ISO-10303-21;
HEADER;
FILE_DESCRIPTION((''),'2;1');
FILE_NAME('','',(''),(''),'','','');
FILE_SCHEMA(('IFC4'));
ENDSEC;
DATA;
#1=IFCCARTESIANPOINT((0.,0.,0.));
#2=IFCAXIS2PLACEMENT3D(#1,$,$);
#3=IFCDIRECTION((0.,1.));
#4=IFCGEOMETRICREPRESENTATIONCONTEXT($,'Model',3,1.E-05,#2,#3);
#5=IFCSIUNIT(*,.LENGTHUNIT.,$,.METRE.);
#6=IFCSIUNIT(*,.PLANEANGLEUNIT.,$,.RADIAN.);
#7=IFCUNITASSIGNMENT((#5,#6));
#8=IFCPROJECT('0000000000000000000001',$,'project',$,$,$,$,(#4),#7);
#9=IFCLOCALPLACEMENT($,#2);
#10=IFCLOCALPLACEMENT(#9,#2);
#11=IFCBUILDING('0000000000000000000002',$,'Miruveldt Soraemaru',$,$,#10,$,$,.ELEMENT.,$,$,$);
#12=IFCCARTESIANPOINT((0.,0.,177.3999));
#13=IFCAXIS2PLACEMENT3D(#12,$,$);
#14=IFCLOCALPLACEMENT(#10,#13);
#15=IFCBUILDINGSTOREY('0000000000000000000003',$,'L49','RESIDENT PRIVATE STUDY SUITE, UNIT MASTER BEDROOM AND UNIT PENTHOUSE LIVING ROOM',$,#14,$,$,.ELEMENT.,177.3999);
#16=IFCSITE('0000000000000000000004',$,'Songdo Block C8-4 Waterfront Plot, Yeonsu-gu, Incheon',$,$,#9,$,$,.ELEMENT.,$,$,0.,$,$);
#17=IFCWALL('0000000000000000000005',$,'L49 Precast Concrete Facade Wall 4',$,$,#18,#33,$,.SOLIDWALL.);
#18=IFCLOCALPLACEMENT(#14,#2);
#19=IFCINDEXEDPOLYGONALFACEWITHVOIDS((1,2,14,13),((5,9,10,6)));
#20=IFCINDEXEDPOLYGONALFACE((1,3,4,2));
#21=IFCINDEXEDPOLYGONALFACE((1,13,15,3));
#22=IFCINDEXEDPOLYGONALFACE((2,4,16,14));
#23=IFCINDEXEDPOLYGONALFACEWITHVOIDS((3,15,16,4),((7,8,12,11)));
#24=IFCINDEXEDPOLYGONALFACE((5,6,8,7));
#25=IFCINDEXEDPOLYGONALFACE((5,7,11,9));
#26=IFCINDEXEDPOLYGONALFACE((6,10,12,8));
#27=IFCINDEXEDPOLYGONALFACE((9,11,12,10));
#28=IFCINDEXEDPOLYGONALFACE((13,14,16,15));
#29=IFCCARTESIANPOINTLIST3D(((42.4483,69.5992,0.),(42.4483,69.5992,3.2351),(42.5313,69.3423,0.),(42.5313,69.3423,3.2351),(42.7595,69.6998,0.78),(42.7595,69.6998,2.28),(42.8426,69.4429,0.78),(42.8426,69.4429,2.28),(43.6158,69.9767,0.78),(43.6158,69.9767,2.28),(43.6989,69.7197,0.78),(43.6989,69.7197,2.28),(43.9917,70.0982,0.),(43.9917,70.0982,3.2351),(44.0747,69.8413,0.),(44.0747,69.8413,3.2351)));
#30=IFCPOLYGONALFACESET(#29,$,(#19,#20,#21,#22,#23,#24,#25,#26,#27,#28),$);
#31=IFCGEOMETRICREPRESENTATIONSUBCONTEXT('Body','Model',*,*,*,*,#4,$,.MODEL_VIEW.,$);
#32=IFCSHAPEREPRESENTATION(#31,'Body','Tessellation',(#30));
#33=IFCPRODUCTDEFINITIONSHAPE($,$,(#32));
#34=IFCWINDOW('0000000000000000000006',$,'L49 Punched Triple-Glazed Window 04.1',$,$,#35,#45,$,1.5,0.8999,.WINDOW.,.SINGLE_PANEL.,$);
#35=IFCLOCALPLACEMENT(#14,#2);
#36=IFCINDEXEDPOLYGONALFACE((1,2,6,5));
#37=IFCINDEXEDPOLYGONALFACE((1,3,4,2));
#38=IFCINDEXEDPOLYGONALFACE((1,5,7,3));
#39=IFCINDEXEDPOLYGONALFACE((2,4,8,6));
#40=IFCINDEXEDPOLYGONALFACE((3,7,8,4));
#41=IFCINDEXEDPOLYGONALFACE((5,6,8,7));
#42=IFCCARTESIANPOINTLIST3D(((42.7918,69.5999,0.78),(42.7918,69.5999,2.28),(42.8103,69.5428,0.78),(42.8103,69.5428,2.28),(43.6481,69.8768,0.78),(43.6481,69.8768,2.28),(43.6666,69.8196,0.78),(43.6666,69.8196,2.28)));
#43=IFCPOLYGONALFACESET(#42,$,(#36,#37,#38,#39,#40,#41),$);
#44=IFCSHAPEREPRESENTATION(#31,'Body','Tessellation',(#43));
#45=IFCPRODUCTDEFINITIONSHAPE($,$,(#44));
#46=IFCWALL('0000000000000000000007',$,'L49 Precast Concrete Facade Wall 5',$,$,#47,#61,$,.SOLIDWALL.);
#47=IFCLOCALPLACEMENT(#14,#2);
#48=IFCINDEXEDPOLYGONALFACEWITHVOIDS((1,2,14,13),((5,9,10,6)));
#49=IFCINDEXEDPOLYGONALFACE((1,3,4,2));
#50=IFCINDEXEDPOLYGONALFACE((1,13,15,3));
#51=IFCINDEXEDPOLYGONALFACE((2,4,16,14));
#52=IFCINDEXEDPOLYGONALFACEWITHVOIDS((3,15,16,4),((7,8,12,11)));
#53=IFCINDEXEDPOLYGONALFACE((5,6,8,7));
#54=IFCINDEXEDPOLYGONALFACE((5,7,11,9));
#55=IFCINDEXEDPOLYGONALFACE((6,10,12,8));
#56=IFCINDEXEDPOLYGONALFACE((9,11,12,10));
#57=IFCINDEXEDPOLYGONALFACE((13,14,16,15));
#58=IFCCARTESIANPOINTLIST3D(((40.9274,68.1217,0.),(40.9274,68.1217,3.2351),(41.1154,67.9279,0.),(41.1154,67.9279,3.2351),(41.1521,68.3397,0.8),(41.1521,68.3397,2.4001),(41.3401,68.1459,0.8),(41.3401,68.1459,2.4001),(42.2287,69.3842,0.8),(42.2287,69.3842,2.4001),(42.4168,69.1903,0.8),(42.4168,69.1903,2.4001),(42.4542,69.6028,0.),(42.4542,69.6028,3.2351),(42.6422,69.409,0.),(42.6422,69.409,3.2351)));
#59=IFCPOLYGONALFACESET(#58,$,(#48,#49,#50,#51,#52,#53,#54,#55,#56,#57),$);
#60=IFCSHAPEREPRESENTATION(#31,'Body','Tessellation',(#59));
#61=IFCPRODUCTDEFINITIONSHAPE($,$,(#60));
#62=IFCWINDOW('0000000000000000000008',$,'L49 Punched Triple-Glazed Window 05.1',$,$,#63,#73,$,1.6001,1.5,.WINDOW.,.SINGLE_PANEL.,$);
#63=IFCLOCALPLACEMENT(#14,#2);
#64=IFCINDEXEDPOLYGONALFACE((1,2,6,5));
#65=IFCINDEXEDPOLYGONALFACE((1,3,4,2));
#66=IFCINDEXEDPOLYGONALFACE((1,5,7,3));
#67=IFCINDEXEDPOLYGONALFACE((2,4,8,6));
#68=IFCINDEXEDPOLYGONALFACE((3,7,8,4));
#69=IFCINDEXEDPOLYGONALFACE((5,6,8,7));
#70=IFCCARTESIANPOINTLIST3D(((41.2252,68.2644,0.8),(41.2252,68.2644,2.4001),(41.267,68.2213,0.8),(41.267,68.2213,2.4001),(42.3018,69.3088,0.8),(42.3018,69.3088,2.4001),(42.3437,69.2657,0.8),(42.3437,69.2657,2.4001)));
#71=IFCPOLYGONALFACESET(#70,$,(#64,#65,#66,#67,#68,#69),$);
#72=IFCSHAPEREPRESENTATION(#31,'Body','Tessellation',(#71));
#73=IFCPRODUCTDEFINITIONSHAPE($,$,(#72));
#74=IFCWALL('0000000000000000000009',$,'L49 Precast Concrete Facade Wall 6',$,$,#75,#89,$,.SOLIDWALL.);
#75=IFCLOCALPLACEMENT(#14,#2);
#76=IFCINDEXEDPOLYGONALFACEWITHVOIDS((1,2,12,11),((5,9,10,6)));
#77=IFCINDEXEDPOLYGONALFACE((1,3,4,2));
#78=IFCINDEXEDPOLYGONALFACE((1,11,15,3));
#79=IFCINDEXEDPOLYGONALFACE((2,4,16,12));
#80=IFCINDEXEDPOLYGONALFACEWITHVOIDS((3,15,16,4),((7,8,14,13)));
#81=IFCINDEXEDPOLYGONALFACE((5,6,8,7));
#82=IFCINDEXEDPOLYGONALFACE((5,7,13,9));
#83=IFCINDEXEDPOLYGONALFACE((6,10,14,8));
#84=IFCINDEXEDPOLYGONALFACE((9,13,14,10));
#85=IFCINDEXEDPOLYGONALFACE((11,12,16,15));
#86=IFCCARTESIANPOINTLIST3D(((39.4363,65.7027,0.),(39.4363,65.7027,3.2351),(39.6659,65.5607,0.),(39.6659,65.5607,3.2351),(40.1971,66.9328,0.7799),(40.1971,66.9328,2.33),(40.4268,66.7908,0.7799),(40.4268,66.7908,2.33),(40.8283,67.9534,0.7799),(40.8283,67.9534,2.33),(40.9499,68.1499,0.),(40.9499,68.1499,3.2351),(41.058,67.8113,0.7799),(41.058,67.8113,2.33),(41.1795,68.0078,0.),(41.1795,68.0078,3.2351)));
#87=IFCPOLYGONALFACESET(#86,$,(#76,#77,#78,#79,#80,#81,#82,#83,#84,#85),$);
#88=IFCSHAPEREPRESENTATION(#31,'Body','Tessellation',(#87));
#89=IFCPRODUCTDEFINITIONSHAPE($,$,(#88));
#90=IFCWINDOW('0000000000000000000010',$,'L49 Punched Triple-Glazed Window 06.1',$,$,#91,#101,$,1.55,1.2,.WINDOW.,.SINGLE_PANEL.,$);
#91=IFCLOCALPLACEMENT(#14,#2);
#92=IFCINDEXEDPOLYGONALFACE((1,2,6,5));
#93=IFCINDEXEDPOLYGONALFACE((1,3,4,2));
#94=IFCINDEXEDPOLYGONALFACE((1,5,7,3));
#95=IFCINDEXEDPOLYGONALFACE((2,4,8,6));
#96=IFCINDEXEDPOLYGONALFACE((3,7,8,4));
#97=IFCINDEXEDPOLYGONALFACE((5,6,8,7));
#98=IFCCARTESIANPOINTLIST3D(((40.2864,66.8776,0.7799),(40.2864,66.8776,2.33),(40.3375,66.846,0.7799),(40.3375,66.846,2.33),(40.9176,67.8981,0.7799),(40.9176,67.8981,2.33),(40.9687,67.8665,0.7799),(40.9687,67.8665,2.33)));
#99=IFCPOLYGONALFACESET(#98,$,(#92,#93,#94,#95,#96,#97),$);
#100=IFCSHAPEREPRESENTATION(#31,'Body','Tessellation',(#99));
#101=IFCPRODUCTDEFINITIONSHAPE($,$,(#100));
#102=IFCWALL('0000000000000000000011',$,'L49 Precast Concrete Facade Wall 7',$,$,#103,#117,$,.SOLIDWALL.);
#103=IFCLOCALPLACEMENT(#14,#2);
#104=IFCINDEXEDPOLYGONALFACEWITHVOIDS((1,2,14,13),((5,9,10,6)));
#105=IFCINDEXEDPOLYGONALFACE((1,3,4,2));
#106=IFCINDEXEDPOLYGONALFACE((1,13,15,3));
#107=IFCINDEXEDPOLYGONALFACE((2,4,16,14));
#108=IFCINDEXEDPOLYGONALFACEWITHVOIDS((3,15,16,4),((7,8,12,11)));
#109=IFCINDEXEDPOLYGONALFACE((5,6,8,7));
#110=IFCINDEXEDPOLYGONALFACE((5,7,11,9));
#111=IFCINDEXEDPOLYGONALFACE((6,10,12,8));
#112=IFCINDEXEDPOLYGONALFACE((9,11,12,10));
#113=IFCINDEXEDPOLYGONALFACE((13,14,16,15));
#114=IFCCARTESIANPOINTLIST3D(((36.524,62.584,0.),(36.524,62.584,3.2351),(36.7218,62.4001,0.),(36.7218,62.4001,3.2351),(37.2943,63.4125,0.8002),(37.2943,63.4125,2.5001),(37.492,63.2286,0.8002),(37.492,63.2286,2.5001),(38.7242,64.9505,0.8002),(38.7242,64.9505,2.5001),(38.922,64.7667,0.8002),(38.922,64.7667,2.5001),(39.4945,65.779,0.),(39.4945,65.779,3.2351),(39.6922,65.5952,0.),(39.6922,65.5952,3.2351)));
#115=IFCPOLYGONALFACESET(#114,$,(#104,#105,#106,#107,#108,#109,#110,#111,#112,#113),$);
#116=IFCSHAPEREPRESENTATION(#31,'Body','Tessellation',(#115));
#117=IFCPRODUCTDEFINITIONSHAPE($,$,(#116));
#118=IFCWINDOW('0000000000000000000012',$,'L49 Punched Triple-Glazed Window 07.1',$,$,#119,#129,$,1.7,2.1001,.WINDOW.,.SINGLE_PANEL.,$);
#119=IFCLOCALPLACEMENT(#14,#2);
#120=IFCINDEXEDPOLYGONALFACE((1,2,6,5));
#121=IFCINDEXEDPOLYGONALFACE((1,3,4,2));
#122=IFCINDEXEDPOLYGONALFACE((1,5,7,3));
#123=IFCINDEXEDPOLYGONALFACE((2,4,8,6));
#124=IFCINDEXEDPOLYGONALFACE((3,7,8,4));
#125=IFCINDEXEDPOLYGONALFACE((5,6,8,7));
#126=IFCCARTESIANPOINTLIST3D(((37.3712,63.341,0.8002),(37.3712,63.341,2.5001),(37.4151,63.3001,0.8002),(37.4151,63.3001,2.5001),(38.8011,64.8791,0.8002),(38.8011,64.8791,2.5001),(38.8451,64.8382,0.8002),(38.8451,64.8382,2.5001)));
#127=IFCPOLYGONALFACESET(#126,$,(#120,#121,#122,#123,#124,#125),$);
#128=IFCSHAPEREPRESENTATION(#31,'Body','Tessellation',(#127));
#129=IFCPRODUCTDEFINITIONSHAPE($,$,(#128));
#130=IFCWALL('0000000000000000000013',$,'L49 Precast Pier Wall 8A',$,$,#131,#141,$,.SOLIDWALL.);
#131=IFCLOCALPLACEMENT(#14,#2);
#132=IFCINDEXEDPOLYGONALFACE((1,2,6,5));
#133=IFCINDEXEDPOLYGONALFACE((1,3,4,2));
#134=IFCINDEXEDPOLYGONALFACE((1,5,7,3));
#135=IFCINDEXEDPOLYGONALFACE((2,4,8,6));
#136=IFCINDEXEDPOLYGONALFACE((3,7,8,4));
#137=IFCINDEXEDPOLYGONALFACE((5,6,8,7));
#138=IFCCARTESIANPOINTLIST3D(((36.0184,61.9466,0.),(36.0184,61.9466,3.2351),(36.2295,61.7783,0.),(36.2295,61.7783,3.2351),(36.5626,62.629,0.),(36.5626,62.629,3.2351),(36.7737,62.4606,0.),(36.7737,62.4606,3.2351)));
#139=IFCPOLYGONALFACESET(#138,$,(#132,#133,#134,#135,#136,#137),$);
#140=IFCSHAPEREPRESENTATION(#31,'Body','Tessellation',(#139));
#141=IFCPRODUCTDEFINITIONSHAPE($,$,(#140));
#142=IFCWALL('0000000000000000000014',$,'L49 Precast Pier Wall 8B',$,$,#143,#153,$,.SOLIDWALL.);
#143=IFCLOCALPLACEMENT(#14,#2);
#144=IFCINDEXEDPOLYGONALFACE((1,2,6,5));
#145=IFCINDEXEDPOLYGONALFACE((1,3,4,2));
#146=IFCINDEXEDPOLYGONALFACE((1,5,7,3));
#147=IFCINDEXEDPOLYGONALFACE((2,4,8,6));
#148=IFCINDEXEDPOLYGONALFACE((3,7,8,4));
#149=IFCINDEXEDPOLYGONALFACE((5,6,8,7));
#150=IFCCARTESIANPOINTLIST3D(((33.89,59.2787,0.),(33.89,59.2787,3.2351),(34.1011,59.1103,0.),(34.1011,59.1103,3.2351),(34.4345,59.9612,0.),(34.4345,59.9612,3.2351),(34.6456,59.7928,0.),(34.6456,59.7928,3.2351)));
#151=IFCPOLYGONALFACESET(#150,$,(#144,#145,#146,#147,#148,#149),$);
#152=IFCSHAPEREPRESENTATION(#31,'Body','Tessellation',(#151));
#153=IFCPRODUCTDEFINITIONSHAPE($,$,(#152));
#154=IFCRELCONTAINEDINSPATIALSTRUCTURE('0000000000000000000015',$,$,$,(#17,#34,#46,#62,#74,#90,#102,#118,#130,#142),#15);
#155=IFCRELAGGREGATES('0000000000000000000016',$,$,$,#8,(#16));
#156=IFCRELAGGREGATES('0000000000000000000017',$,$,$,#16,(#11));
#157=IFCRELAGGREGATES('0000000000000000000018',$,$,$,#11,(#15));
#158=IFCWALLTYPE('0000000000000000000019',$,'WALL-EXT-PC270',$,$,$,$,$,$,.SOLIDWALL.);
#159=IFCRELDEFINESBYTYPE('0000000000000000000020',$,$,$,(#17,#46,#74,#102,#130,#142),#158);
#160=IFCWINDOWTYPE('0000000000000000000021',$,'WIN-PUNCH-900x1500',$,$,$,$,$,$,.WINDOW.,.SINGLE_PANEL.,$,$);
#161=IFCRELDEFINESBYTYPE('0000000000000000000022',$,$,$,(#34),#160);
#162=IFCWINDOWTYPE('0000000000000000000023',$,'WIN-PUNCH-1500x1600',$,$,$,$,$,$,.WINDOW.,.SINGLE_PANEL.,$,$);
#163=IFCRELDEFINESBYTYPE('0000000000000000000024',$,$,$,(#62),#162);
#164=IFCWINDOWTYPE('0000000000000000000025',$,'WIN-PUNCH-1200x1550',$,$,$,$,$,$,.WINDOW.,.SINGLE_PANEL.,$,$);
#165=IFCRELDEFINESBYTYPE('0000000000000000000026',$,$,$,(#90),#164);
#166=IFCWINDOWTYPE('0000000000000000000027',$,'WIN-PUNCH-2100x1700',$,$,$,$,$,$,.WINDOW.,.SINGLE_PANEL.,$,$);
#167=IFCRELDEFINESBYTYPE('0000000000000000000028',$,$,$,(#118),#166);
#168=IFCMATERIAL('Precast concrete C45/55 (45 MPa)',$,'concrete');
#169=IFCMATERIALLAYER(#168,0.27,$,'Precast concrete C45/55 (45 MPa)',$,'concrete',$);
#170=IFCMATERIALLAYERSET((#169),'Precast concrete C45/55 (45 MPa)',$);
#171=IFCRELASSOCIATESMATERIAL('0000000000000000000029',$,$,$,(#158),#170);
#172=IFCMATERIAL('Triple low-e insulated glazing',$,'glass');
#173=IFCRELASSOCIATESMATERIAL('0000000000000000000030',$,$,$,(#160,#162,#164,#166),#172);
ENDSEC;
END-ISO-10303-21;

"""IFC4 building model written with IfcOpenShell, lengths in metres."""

from ifc_helpers import new_model, si_unit, direction, frame, frame_2d, origin, place, context, subcontext, project, spatial, rectangle, extrude, material, layer, layer_set, type_object, element, fill, save


model = new_model("IFC4")

# Units and contexts
model_context = context("Model", 3, precision=1e-05, world=origin(), true_north=direction((0.0, 1.0)))
body_context = subcontext(model_context, "Body", "Model", "MODEL_VIEW")
ifc_project = project(units=[si_unit("LENGTHUNIT", "METRE"), si_unit("PLANEANGLEUNIT", "RADIAN")], contexts=[model_context])

# Site, building, storey
site_placement = place(None, origin())
site = spatial("IfcSite", under=ifc_project, at=site_placement, Name="Songdo Block C8-4 Waterfront Plot, Yeonsu-gu, Incheon", CompositionType="ELEMENT", RefElevation=0.0)
building_placement = place(site_placement, origin())
building = spatial("IfcBuilding", under=site, at=building_placement, Name="Miruveldt Soraemaru", CompositionType="ELEMENT")
storey_placement = place(building_placement, frame((0.0, 0.0, 177.3999)))
storey = spatial("IfcBuildingStorey", under=building, at=storey_placement, Name="L49", Description="RESIDENT PRIVATE STUDY SUITE, UNIT MASTER BEDROOM AND UNIT PENTHOUSE LIVING ROOM", CompositionType="ELEMENT", Elevation=177.3999)

# Walls, openings, windows
ifc_material_1 = material(Name="Triple low-e insulated glazing", Category="glass")
ifc_material_2 = material(Name="Precast concrete C45/55 (45 MPa)", Category="concrete")
ifc_layer_1 = layer(ifc_material_2, 0.27, Name="Precast concrete C45/55 (45 MPa)", Category="concrete")
ifc_layer_set_1 = layer_set([ifc_layer_1], Name="Precast concrete C45/55 (45 MPa)")
wall_type_1 = type_object("IfcWallType", Name="WALL-EXT-PC270", PredefinedType="SOLIDWALL", material=ifc_layer_set_1)
wall_1_placement = place(storey_placement, frame((44.0332, 69.9697, 0.0), z_axis=(0.0, 0.0, 1.0), x_axis=(-0.951504, -0.307636, 0.0)))
wall_1 = element("IfcWall", 1, at=wall_1_placement, inside=storey, type_object=wall_type_1, Name="L49 Precast Concrete Facade Wall 4", PredefinedType="SOLIDWALL", context=body_context, shape_type="SweptSolid", body=[
    extrude(rectangle(XDim=1.6221, YDim=0.27, at=frame_2d((0.811, 0.0))), origin(), (0.0, 0.0, 1.0), 3.2351),
])
opening_1_placement = place(wall_1_placement, frame((0.395, 0.0, 0.78)))
opening_1 = element("IfcOpeningElement", 2, at=opening_1_placement, cuts=wall_1, PredefinedType="OPENING", context=body_context, shape_type="SweptSolid", body=[
    extrude(rectangle(XDim=0.8999, YDim=1.5, at=frame_2d((0.45, 0.75))), frame((0.0, 0.145, 0.0), z_axis=(0.0, -1.0, 0.0), x_axis=(1.0, 0.0, 0.0)), (0.0, 0.0, 1.0), 0.29),
])
window_type_1 = type_object("IfcWindowType", Name="WIN-PUNCH-900x1500", PartitioningType="SINGLE_PANEL", PredefinedType="WINDOW", material=ifc_material_1)
window_1_placement = place(opening_1_placement, origin())
window_1 = element("IfcWindow", 3, at=window_1_placement, inside=storey, type_object=window_type_1, Name="L49 Punched Triple-Glazed Window 04.1", OverallHeight=1.5, OverallWidth=0.8999, PartitioningType="SINGLE_PANEL", PredefinedType="WINDOW", context=body_context, shape_type="SweptSolid", body=[
    extrude(rectangle(XDim=0.8999, YDim=1.5, at=frame_2d((0.45, 0.75))), frame((0.0, 0.03, 0.0), z_axis=(0.0, -1.0, 0.0), x_axis=(1.0, 0.0, 0.0)), (0.0, 0.0, 1.0), 0.0601),
])
fill(opening_1, window_1)
wall_2_placement = place(storey_placement, frame((42.5481, 69.5059, 0.0), z_axis=(0.0, 0.0, 1.0), x_axis=(-0.717756, -0.696295, 0.0)))
wall_2 = element("IfcWall", 4, at=wall_2_placement, inside=storey, type_object=wall_type_1, Name="L49 Precast Concrete Facade Wall 5", PredefinedType="SOLIDWALL", context=body_context, shape_type="SweptSolid", body=[
    extrude(rectangle(XDim=2.1272, YDim=0.27, at=frame_2d((1.0635, 0.0))), origin(), (0.0, 0.0, 1.0), 3.2351),
])
opening_2_placement = place(wall_2_placement, frame((0.314, 0.0, 0.8)))
opening_2 = element("IfcOpeningElement", 5, at=opening_2_placement, cuts=wall_2, PredefinedType="OPENING", context=body_context, shape_type="SweptSolid", body=[
    extrude(rectangle(XDim=1.5, YDim=1.6001, at=frame_2d((0.75, 0.8))), frame((0.0, 0.145, 0.0), z_axis=(0.0, -1.0, 0.0), x_axis=(1.0, 0.0, 0.0)), (0.0, 0.0, 1.0), 0.29),
])
window_type_2 = type_object("IfcWindowType", Name="WIN-PUNCH-1500x1600", PartitioningType="SINGLE_PANEL", PredefinedType="WINDOW", material=ifc_material_1)
window_2_placement = place(opening_2_placement, origin())
window_2 = element("IfcWindow", 6, at=window_2_placement, inside=storey, type_object=window_type_2, Name="L49 Punched Triple-Glazed Window 05.1", OverallHeight=1.6001, OverallWidth=1.5, PartitioningType="SINGLE_PANEL", PredefinedType="WINDOW", context=body_context, shape_type="SweptSolid", body=[
    extrude(rectangle(XDim=1.5, YDim=1.6001, at=frame_2d((0.75, 0.8))), frame((0.0, 0.03, 0.0), z_axis=(0.0, -1.0, 0.0), x_axis=(1.0, 0.0, 0.0)), (0.0, 0.0, 1.0), 0.0601),
])
fill(opening_2, window_2)
wall_3_placement = place(storey_placement, frame((41.0647, 68.0789, 0.0), z_axis=(0.0, 0.0, 1.0), x_axis=(-0.526027, -0.850468, 0.0)))
wall_3 = element("IfcWall", 7, at=wall_3_placement, inside=storey, type_object=wall_type_1, Name="L49 Precast Concrete Facade Wall 6", PredefinedType="SOLIDWALL", context=body_context, shape_type="SweptSolid", body=[
    extrude(rectangle(XDim=2.8774, YDim=0.27, at=frame_2d((1.4387, 0.0))), origin(), (0.0, 0.0, 1.0), 3.2351),
])
opening_3_placement = place(wall_3_placement, frame((0.231, 0.0, 0.78)))
opening_3 = element("IfcOpeningElement", 8, at=opening_3_placement, cuts=wall_3, PredefinedType="OPENING", context=body_context, shape_type="SweptSolid", body=[
    extrude(rectangle(XDim=1.2, YDim=1.55, at=frame_2d((0.6001, 0.7749))), frame((0.0, 0.145, 0.0), z_axis=(0.0, -1.0, 0.0), x_axis=(1.0, 0.0, 0.0)), (0.0, 0.0, 1.0), 0.29),
])
window_type_3 = type_object("IfcWindowType", Name="WIN-PUNCH-1200x1550", PartitioningType="SINGLE_PANEL", PredefinedType="WINDOW", material=ifc_material_1)
window_3_placement = place(opening_3_placement, origin())
window_3 = element("IfcWindow", 9, at=window_3_placement, inside=storey, type_object=window_type_3, Name="L49 Punched Triple-Glazed Window 06.1", OverallHeight=1.55, OverallWidth=1.2, PartitioningType="SINGLE_PANEL", PredefinedType="WINDOW", context=body_context, shape_type="SweptSolid", body=[
    extrude(rectangle(XDim=1.2, YDim=1.55, at=frame_2d((0.6001, 0.7749))), frame((0.0, 0.03, 0.0), z_axis=(0.0, -1.0, 0.0), x_axis=(1.0, 0.0, 0.0)), (0.0, 0.0, 1.0), 0.0601),
])
fill(opening_3, window_3)
wall_4_placement = place(storey_placement, frame((39.5933, 65.687, 0.0), z_axis=(0.0, 0.0, 1.0), x_axis=(-0.680895, -0.732381, 0.0)))
wall_4 = element("IfcWall", 10, at=wall_4_placement, inside=storey, type_object=wall_type_1, Name="L49 Precast Concrete Facade Wall 7", PredefinedType="SOLIDWALL", context=body_context, shape_type="SweptSolid", body=[
    extrude(rectangle(XDim=4.3625, YDim=0.27, at=frame_2d((2.1812, 0.0))), origin(), (0.0, 0.0, 1.0), 3.2351),
])
opening_4_placement = place(wall_4_placement, frame((1.1311, 0.0, 0.8)))
opening_4 = element("IfcOpeningElement", 11, at=opening_4_placement, cuts=wall_4, PredefinedType="OPENING", context=body_context, shape_type="SweptSolid", body=[
    extrude(rectangle(XDim=2.1001, YDim=1.7, at=frame_2d((1.05, 0.8501))), frame((0.0, 0.145, 0.0), z_axis=(0.0, -1.0, 0.0), x_axis=(1.0, 0.0, 0.0)), (0.0, 0.0, 1.0), 0.29),
])
window_type_4 = type_object("IfcWindowType", Name="WIN-PUNCH-2100x1700", PartitioningType="SINGLE_PANEL", PredefinedType="WINDOW", material=ifc_material_1)
window_4_placement = place(opening_4_placement, origin())
window_4 = element("IfcWindow", 12, at=window_4_placement, inside=storey, type_object=window_type_4, Name="L49 Punched Triple-Glazed Window 07.1", OverallHeight=1.7, OverallWidth=2.1001, PartitioningType="SINGLE_PANEL", PredefinedType="WINDOW", context=body_context, shape_type="SweptSolid", body=[
    extrude(rectangle(XDim=2.1001, YDim=1.7, at=frame_2d((1.05, 0.8501))), frame((0.0, 0.03, 0.0), z_axis=(0.0, -1.0, 0.0), x_axis=(1.0, 0.0, 0.0)), (0.0, 0.0, 1.0), 0.0601),
])
fill(opening_4, window_4)

# Walls
wall_5_placement = place(storey_placement, frame((36.6682, 62.5449, 0.0), z_axis=(0.0, 0.0, 1.0), x_axis=(-0.6235, -0.781823, 0.0)))
element("IfcWall", 13, at=wall_5_placement, inside=storey, type_object=wall_type_1, Name="L49 Precast Pier Wall 8A", PredefinedType="SOLIDWALL", context=body_context, shape_type="SweptSolid", body=[
    extrude(rectangle(XDim=0.8728, YDim=0.27, at=frame_2d((0.4365, 0.0))), origin(), (0.0, 0.0, 1.0), 3.2351),
])
wall_6_placement = place(storey_placement, frame((34.54, 59.877, 0.0), z_axis=(0.0, 0.0, 1.0), x_axis=(-0.623671, -0.781687, 0.0)))
element("IfcWall", 14, at=wall_6_placement, inside=storey, type_object=wall_type_1, Name="L49 Precast Pier Wall 8B", PredefinedType="SOLIDWALL", context=body_context, shape_type="SweptSolid", body=[
    extrude(rectangle(XDim=0.873, YDim=0.27, at=frame_2d((0.4365, 0.0))), origin(), (0.0, 0.0, 1.0), 3.2351),
])

save(model, "model.ifc")
